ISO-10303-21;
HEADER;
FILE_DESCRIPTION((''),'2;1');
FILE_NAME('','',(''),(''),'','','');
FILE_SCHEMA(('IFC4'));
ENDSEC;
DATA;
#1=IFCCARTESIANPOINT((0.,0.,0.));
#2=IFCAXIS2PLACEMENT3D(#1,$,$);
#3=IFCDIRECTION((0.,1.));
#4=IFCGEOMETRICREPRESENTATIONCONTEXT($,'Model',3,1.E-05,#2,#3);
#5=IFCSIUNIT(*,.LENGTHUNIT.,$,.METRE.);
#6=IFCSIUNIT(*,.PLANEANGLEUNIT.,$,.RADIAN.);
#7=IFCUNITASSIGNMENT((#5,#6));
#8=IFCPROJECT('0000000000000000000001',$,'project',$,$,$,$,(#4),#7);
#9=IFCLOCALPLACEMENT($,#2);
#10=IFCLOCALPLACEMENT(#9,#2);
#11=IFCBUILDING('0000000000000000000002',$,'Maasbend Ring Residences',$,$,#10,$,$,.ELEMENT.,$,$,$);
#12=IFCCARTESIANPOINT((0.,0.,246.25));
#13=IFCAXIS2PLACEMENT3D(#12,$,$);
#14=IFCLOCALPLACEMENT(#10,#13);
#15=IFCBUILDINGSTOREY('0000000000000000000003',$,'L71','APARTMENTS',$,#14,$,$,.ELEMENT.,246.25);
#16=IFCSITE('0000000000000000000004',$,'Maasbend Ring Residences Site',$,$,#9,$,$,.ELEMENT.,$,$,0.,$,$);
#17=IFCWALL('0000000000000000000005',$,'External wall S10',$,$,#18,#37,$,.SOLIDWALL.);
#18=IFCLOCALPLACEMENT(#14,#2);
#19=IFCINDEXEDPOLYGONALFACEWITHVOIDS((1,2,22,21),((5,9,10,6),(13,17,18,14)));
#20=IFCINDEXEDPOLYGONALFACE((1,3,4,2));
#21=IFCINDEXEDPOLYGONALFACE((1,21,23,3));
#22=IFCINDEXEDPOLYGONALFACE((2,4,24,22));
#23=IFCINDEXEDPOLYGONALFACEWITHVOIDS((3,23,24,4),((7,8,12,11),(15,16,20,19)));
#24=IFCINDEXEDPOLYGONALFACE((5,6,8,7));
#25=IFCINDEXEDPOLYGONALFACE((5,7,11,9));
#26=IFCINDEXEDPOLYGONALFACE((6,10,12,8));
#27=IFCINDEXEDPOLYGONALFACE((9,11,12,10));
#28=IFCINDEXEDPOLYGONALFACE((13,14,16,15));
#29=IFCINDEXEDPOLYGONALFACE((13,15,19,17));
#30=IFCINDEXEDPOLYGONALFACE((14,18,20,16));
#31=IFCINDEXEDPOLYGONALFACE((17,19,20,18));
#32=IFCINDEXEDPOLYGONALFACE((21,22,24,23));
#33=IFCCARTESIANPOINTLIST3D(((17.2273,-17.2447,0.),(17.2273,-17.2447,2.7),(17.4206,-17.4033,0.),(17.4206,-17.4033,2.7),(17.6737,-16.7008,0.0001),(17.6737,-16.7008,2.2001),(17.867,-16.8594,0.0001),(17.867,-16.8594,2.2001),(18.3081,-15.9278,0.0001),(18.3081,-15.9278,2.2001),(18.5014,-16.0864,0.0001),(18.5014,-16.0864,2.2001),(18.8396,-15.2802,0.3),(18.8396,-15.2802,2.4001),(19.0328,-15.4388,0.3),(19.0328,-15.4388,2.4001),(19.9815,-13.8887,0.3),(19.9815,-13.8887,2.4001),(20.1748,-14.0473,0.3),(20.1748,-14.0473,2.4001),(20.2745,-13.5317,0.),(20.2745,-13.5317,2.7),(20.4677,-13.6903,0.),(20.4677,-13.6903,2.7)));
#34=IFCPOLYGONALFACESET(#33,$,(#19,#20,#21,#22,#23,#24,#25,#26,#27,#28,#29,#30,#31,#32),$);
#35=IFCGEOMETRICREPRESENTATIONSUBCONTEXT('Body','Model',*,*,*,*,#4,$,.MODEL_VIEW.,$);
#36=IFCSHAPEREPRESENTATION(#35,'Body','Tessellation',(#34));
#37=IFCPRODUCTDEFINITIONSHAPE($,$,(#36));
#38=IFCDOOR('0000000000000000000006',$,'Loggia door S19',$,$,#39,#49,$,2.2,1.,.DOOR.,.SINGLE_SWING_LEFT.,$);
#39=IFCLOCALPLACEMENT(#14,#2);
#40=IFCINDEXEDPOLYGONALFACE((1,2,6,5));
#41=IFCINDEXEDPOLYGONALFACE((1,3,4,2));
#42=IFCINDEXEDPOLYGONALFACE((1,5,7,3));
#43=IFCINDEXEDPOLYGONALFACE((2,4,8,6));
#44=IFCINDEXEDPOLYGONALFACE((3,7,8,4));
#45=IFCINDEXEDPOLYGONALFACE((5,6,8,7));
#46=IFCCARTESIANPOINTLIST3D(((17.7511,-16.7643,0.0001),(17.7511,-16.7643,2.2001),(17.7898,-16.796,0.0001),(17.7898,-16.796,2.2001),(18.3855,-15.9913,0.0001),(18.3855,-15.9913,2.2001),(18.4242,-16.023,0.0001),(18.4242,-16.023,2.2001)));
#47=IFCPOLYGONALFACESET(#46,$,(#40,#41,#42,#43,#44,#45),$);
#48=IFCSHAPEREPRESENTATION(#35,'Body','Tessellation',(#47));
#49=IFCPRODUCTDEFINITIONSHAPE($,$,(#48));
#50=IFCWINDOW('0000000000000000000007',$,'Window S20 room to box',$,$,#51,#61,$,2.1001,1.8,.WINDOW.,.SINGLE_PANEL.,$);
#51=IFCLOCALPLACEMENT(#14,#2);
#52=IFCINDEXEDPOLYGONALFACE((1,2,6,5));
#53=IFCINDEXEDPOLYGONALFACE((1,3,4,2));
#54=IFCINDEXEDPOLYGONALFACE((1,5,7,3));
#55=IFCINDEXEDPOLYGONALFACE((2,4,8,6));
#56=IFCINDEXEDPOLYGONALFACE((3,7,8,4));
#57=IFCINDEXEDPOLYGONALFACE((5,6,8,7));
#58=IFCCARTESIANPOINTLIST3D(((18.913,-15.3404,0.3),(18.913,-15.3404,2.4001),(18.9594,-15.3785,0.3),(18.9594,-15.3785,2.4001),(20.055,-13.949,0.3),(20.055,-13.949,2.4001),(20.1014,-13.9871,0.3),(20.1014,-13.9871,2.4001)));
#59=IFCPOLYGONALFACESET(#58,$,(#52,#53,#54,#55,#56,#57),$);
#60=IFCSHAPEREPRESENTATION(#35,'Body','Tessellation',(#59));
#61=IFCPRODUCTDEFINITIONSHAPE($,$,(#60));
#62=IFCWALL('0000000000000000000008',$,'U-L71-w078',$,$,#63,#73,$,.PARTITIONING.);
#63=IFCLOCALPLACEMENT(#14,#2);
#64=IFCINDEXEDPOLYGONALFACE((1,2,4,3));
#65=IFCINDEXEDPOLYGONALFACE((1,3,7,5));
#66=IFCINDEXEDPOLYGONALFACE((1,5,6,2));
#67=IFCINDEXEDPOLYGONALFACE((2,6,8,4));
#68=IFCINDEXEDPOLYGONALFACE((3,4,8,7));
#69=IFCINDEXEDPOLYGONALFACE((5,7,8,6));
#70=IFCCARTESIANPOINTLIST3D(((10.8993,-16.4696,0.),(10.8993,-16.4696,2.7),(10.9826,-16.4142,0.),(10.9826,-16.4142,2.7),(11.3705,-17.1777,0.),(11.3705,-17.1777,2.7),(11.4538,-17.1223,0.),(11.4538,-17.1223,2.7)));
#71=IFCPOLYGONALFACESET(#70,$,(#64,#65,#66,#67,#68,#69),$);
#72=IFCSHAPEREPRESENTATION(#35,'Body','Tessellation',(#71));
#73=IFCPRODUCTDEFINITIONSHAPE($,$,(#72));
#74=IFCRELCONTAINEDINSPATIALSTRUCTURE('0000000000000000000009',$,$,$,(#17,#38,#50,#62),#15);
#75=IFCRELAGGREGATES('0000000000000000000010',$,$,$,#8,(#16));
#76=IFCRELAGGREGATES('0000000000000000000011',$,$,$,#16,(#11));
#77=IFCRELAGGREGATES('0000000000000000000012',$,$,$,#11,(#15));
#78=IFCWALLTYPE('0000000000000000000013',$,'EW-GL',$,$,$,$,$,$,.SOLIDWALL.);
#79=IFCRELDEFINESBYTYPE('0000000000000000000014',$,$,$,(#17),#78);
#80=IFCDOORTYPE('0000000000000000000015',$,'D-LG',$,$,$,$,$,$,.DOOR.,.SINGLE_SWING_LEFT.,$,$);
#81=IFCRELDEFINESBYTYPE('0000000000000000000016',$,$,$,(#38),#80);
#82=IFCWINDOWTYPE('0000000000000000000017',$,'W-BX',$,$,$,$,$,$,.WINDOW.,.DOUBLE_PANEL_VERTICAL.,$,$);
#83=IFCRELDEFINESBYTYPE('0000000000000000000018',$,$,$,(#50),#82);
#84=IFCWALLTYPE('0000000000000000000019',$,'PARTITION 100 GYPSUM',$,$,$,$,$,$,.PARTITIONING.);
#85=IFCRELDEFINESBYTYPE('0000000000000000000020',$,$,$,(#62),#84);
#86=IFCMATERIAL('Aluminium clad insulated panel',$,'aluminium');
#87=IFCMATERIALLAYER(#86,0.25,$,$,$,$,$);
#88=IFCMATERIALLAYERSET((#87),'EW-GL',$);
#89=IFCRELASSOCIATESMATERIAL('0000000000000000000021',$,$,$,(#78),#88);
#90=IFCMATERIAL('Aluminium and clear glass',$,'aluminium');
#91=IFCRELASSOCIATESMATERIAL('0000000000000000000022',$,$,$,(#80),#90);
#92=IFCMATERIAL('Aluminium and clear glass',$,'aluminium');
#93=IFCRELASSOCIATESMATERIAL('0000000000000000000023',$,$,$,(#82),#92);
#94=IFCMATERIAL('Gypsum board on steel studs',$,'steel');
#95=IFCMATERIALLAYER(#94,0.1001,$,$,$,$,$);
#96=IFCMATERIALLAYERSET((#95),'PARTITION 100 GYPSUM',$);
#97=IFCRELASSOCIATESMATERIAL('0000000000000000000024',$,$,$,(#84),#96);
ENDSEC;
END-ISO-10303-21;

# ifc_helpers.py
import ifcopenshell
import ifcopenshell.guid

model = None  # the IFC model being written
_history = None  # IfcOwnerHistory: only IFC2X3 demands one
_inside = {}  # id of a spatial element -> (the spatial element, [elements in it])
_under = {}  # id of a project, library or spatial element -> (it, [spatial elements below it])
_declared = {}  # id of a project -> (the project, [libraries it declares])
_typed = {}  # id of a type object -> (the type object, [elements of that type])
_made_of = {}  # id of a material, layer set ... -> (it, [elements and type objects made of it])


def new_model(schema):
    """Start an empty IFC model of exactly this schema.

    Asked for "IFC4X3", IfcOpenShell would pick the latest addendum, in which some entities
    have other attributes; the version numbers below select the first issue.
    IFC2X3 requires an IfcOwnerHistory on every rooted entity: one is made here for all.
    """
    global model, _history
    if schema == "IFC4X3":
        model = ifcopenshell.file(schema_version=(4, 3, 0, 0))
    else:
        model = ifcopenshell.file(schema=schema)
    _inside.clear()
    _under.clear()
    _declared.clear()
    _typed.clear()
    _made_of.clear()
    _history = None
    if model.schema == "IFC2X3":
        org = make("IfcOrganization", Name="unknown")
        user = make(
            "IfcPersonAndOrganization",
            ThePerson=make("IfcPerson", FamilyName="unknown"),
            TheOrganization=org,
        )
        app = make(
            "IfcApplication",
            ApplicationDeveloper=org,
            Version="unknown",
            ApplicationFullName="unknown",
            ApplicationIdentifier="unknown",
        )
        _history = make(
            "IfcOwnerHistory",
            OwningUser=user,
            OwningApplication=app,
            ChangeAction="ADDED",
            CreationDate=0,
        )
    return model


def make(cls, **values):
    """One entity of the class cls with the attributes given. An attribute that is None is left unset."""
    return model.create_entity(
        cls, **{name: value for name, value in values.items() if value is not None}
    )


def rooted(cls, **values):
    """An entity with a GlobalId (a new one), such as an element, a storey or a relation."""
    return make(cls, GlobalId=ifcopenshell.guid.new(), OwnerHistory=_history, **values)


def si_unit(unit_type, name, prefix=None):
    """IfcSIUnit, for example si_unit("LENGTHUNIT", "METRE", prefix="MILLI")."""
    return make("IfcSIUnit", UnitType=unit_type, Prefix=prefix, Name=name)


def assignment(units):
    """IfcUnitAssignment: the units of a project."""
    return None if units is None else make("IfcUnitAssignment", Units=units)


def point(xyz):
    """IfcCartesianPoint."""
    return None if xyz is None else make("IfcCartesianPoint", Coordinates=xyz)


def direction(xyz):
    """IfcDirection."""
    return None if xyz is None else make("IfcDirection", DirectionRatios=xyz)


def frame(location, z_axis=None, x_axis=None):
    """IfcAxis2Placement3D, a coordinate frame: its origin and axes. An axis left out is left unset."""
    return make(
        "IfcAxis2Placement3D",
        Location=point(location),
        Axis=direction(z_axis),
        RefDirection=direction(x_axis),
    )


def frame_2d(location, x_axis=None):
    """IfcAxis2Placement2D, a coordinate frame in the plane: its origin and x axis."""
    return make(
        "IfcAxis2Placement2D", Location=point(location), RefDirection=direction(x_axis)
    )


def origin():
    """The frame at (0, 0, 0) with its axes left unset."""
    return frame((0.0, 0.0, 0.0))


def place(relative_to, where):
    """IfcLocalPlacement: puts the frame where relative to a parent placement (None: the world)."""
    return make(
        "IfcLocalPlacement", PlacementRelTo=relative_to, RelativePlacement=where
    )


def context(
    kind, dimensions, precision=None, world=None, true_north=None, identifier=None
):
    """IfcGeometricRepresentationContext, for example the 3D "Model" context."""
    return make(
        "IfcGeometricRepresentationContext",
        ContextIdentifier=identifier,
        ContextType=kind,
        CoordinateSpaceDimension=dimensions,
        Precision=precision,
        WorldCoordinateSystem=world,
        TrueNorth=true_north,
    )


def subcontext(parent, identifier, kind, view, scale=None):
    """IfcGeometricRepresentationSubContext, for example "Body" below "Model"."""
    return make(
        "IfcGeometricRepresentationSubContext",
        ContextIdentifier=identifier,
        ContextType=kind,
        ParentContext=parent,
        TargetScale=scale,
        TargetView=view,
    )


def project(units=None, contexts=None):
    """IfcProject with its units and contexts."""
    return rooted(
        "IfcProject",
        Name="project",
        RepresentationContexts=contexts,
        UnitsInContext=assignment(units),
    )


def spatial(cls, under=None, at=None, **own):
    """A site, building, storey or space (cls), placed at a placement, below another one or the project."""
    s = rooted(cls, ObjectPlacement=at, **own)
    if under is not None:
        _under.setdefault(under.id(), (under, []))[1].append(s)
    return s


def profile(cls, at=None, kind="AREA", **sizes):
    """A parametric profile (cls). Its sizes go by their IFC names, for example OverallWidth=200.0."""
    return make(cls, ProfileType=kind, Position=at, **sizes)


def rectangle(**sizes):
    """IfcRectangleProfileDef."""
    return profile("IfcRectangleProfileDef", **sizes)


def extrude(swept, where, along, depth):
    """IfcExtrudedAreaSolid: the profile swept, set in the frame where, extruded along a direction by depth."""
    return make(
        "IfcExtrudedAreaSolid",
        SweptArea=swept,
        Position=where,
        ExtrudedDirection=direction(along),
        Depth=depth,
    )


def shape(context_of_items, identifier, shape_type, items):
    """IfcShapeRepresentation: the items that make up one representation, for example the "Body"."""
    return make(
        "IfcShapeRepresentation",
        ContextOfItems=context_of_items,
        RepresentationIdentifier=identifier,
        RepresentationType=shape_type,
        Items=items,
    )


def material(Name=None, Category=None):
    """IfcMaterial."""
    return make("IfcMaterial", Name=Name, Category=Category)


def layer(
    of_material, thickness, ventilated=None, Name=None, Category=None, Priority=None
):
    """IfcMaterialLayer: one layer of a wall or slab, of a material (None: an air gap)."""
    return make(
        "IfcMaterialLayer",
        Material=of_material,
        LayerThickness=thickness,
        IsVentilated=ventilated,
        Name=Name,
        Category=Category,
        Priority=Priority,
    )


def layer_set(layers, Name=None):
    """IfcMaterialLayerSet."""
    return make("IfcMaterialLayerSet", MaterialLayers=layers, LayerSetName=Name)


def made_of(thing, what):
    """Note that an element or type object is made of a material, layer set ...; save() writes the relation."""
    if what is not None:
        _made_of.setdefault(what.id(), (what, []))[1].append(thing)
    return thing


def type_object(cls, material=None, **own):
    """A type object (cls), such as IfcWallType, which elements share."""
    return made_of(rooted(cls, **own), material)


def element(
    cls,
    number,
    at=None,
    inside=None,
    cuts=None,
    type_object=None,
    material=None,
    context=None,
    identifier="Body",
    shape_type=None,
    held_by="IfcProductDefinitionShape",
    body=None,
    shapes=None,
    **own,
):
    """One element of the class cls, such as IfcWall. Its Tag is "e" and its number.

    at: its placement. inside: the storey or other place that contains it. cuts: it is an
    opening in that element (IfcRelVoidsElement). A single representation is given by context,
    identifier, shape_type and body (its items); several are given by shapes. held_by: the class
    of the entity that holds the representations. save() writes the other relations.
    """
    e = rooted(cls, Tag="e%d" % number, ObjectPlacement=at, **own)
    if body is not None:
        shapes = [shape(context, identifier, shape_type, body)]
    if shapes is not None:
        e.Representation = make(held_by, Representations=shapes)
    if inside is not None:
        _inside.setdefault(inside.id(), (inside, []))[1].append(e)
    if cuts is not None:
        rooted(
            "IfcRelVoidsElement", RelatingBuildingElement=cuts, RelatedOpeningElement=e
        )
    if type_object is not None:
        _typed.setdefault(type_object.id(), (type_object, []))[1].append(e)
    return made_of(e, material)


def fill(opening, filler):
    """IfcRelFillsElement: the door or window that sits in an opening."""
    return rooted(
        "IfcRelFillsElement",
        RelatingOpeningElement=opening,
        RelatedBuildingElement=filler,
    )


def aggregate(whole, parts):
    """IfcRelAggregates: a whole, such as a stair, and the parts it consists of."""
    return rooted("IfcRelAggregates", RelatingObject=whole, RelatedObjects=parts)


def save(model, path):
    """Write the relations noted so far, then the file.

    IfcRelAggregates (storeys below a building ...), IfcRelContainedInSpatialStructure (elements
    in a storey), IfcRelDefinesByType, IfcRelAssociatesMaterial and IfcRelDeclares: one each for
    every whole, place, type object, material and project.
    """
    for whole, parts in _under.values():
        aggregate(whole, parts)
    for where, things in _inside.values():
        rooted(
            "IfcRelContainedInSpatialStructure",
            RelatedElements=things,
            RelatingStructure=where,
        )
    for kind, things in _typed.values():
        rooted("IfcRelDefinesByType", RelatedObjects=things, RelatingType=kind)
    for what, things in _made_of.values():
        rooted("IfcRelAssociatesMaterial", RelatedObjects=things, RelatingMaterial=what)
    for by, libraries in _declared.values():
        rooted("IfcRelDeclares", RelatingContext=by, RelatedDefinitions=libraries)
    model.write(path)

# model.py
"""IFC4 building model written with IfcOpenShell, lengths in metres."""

from ifc_helpers import new_model, si_unit, direction, frame, frame_2d, origin, place, context, subcontext, project, spatial, rectangle, extrude, material, layer, layer_set, type_object, element, fill, save


model = new_model("IFC4")

# Units and contexts
model_context = context("Model", 3, precision=1e-05, world=origin(), true_north=direction((0.0, 1.0)))
body_context = subcontext(model_context, "Body", "Model", "MODEL_VIEW")
ifc_project = project(units=[si_unit("LENGTHUNIT", "METRE"), si_unit("PLANEANGLEUNIT", "RADIAN")], contexts=[model_context])

# Site, building, storey
site_placement = place(None, origin())
site = spatial("IfcSite", under=ifc_project, at=site_placement, Name="Maasbend Ring Residences Site", CompositionType="ELEMENT", RefElevation=0.0)
building_placement = place(site_placement, origin())
building = spatial("IfcBuilding", under=site, at=building_placement, Name="Maasbend Ring Residences", CompositionType="ELEMENT")
storey_placement = place(building_placement, frame((0.0, 0.0, 246.25)))
storey = spatial("IfcBuildingStorey", under=building, at=storey_placement, Name="L71", Description="APARTMENTS", CompositionType="ELEMENT", Elevation=246.25)

# Wall, openings, door, window
ifc_material_1 = material(Name="Aluminium clad insulated panel", Category="aluminium")
ifc_layer_1 = layer(ifc_material_1, 0.25)
ifc_layer_set_1 = layer_set([ifc_layer_1], Name="EW-GL")
wall_type_1 = type_object("IfcWallType", Name="EW-GL", PredefinedType="SOLIDWALL", material=ifc_layer_set_1)
ifc_material_2 = material(Name="Aluminium and clear glass", Category="aluminium")
door_type = type_object("IfcDoorType", Name="D-LG", OperationType="SINGLE_SWING_LEFT", PredefinedType="DOOR", material=ifc_material_2)
ifc_material_3 = material(Name="Aluminium and clear glass", Category="aluminium")
window_type_1 = type_object("IfcWindowType", Name="W-BX", PartitioningType="DOUBLE_PANEL_VERTICAL", PredefinedType="WINDOW", material=ifc_material_3)
wall_1_placement = place(storey_placement, frame((17.324, -17.324, 0.0), z_axis=(0.0, 0.0, 1.0), x_axis=(0.634397, 0.773008, 0.0)))
wall_1 = element("IfcWall", 1, at=wall_1_placement, inside=storey, type_object=wall_type_1, Name="External wall S10", PredefinedType="SOLIDWALL", context=body_context, shape_type="SweptSolid", body=[
    extrude(rectangle(XDim=4.8032, YDim=0.25, at=frame_2d((2.4016, 0.0))), origin(), (0.0, 0.0, 1.0), 2.7),
])
opening_1_placement = place(wall_1_placement, frame((0.7036, 0.0, 0.0)))
opening_1 = element("IfcOpeningElement", 2, at=opening_1_placement, cuts=wall_1, PredefinedType="OPENING", context=body_context, shape_type="SweptSolid", body=[
    extrude(rectangle(XDim=1.0, YDim=2.2, at=frame_2d((0.5, 1.1001))), frame((0.0, 0.135, 0.0), z_axis=(0.0, -1.0, 0.0), x_axis=(1.0, 0.0, 0.0)), (0.0, 0.0, 1.0), 0.27),
])
opening_2_placement = place(wall_1_placement, frame((2.5415, 0.0, 0.3)))
opening_2 = element("IfcOpeningElement", 3, at=opening_2_placement, cuts=wall_1, PredefinedType="OPENING", context=body_context, shape_type="SweptSolid", body=[
    extrude(rectangle(XDim=1.8, YDim=2.1001, at=frame_2d((0.8999, 1.05))), frame((0.0, 0.135, 0.0), z_axis=(0.0, -1.0, 0.0), x_axis=(1.0, 0.0, 0.0)), (0.0, 0.0, 1.0), 0.27),
])
door_1_placement = place(opening_1_placement, origin())
door_1 = element("IfcDoor", 4, at=door_1_placement, inside=storey, type_object=door_type, Name="Loggia door S19", OperationType="SINGLE_SWING_LEFT", OverallHeight=2.2, OverallWidth=1.0, PredefinedType="DOOR", context=body_context, shape_type="SweptSolid", body=[
    extrude(rectangle(XDim=1.0, YDim=2.2, at=frame_2d((0.5, 1.1001))), frame((0.0, 0.0249, 0.0), z_axis=(0.0, -1.0, 0.0), x_axis=(1.0, 0.0, 0.0)), (0.0, 0.0, 1.0), 0.05),
])
fill(opening_1, door_1)
window_1_placement = place(opening_2_placement, origin())
window_1 = element("IfcWindow", 5, at=window_1_placement, inside=storey, type_object=window_type_1, Name="Window S20 room to box", OverallHeight=2.1001, OverallWidth=1.8, PartitioningType="SINGLE_PANEL", PredefinedType="WINDOW", context=body_context, shape_type="SweptSolid", body=[
    extrude(rectangle(XDim=1.8, YDim=2.1001, at=frame_2d((0.8999, 1.05))), frame((0.0, 0.03, 0.0), z_axis=(0.0, -1.0, 0.0), x_axis=(1.0, 0.0, 0.0)), (0.0, 0.0, 1.0), 0.0601),
])
fill(opening_2, window_1)

# Wall
ifc_material_4 = material(Name="Gypsum board on steel studs", Category="steel")
ifc_layer_2 = layer(ifc_material_4, 0.1001)
ifc_layer_set_2 = layer_set([ifc_layer_2], Name="PARTITION 100 GYPSUM")
wall_type_2 = type_object("IfcWallType", Name="PARTITION 100 GYPSUM", PredefinedType="PARTITIONING", material=ifc_layer_set_2)
wall_2_placement = place(storey_placement, frame((10.9409, -16.4419, 0.0), z_axis=(0.0, 0.0, 1.0), x_axis=(0.554038, -0.832492, 0.0)))
element("IfcWall", 6, at=wall_2_placement, inside=storey, type_object=wall_type_2, Name="U-L71-w078", PredefinedType="PARTITIONING", context=body_context, shape_type="SweptSolid", body=[
    extrude(rectangle(XDim=0.8506, YDim=0.1001, at=frame_2d((0.4253, 0.0))), origin(), (0.0, 0.0, 1.0), 2.7),
])

save(model, "model.ifc")
